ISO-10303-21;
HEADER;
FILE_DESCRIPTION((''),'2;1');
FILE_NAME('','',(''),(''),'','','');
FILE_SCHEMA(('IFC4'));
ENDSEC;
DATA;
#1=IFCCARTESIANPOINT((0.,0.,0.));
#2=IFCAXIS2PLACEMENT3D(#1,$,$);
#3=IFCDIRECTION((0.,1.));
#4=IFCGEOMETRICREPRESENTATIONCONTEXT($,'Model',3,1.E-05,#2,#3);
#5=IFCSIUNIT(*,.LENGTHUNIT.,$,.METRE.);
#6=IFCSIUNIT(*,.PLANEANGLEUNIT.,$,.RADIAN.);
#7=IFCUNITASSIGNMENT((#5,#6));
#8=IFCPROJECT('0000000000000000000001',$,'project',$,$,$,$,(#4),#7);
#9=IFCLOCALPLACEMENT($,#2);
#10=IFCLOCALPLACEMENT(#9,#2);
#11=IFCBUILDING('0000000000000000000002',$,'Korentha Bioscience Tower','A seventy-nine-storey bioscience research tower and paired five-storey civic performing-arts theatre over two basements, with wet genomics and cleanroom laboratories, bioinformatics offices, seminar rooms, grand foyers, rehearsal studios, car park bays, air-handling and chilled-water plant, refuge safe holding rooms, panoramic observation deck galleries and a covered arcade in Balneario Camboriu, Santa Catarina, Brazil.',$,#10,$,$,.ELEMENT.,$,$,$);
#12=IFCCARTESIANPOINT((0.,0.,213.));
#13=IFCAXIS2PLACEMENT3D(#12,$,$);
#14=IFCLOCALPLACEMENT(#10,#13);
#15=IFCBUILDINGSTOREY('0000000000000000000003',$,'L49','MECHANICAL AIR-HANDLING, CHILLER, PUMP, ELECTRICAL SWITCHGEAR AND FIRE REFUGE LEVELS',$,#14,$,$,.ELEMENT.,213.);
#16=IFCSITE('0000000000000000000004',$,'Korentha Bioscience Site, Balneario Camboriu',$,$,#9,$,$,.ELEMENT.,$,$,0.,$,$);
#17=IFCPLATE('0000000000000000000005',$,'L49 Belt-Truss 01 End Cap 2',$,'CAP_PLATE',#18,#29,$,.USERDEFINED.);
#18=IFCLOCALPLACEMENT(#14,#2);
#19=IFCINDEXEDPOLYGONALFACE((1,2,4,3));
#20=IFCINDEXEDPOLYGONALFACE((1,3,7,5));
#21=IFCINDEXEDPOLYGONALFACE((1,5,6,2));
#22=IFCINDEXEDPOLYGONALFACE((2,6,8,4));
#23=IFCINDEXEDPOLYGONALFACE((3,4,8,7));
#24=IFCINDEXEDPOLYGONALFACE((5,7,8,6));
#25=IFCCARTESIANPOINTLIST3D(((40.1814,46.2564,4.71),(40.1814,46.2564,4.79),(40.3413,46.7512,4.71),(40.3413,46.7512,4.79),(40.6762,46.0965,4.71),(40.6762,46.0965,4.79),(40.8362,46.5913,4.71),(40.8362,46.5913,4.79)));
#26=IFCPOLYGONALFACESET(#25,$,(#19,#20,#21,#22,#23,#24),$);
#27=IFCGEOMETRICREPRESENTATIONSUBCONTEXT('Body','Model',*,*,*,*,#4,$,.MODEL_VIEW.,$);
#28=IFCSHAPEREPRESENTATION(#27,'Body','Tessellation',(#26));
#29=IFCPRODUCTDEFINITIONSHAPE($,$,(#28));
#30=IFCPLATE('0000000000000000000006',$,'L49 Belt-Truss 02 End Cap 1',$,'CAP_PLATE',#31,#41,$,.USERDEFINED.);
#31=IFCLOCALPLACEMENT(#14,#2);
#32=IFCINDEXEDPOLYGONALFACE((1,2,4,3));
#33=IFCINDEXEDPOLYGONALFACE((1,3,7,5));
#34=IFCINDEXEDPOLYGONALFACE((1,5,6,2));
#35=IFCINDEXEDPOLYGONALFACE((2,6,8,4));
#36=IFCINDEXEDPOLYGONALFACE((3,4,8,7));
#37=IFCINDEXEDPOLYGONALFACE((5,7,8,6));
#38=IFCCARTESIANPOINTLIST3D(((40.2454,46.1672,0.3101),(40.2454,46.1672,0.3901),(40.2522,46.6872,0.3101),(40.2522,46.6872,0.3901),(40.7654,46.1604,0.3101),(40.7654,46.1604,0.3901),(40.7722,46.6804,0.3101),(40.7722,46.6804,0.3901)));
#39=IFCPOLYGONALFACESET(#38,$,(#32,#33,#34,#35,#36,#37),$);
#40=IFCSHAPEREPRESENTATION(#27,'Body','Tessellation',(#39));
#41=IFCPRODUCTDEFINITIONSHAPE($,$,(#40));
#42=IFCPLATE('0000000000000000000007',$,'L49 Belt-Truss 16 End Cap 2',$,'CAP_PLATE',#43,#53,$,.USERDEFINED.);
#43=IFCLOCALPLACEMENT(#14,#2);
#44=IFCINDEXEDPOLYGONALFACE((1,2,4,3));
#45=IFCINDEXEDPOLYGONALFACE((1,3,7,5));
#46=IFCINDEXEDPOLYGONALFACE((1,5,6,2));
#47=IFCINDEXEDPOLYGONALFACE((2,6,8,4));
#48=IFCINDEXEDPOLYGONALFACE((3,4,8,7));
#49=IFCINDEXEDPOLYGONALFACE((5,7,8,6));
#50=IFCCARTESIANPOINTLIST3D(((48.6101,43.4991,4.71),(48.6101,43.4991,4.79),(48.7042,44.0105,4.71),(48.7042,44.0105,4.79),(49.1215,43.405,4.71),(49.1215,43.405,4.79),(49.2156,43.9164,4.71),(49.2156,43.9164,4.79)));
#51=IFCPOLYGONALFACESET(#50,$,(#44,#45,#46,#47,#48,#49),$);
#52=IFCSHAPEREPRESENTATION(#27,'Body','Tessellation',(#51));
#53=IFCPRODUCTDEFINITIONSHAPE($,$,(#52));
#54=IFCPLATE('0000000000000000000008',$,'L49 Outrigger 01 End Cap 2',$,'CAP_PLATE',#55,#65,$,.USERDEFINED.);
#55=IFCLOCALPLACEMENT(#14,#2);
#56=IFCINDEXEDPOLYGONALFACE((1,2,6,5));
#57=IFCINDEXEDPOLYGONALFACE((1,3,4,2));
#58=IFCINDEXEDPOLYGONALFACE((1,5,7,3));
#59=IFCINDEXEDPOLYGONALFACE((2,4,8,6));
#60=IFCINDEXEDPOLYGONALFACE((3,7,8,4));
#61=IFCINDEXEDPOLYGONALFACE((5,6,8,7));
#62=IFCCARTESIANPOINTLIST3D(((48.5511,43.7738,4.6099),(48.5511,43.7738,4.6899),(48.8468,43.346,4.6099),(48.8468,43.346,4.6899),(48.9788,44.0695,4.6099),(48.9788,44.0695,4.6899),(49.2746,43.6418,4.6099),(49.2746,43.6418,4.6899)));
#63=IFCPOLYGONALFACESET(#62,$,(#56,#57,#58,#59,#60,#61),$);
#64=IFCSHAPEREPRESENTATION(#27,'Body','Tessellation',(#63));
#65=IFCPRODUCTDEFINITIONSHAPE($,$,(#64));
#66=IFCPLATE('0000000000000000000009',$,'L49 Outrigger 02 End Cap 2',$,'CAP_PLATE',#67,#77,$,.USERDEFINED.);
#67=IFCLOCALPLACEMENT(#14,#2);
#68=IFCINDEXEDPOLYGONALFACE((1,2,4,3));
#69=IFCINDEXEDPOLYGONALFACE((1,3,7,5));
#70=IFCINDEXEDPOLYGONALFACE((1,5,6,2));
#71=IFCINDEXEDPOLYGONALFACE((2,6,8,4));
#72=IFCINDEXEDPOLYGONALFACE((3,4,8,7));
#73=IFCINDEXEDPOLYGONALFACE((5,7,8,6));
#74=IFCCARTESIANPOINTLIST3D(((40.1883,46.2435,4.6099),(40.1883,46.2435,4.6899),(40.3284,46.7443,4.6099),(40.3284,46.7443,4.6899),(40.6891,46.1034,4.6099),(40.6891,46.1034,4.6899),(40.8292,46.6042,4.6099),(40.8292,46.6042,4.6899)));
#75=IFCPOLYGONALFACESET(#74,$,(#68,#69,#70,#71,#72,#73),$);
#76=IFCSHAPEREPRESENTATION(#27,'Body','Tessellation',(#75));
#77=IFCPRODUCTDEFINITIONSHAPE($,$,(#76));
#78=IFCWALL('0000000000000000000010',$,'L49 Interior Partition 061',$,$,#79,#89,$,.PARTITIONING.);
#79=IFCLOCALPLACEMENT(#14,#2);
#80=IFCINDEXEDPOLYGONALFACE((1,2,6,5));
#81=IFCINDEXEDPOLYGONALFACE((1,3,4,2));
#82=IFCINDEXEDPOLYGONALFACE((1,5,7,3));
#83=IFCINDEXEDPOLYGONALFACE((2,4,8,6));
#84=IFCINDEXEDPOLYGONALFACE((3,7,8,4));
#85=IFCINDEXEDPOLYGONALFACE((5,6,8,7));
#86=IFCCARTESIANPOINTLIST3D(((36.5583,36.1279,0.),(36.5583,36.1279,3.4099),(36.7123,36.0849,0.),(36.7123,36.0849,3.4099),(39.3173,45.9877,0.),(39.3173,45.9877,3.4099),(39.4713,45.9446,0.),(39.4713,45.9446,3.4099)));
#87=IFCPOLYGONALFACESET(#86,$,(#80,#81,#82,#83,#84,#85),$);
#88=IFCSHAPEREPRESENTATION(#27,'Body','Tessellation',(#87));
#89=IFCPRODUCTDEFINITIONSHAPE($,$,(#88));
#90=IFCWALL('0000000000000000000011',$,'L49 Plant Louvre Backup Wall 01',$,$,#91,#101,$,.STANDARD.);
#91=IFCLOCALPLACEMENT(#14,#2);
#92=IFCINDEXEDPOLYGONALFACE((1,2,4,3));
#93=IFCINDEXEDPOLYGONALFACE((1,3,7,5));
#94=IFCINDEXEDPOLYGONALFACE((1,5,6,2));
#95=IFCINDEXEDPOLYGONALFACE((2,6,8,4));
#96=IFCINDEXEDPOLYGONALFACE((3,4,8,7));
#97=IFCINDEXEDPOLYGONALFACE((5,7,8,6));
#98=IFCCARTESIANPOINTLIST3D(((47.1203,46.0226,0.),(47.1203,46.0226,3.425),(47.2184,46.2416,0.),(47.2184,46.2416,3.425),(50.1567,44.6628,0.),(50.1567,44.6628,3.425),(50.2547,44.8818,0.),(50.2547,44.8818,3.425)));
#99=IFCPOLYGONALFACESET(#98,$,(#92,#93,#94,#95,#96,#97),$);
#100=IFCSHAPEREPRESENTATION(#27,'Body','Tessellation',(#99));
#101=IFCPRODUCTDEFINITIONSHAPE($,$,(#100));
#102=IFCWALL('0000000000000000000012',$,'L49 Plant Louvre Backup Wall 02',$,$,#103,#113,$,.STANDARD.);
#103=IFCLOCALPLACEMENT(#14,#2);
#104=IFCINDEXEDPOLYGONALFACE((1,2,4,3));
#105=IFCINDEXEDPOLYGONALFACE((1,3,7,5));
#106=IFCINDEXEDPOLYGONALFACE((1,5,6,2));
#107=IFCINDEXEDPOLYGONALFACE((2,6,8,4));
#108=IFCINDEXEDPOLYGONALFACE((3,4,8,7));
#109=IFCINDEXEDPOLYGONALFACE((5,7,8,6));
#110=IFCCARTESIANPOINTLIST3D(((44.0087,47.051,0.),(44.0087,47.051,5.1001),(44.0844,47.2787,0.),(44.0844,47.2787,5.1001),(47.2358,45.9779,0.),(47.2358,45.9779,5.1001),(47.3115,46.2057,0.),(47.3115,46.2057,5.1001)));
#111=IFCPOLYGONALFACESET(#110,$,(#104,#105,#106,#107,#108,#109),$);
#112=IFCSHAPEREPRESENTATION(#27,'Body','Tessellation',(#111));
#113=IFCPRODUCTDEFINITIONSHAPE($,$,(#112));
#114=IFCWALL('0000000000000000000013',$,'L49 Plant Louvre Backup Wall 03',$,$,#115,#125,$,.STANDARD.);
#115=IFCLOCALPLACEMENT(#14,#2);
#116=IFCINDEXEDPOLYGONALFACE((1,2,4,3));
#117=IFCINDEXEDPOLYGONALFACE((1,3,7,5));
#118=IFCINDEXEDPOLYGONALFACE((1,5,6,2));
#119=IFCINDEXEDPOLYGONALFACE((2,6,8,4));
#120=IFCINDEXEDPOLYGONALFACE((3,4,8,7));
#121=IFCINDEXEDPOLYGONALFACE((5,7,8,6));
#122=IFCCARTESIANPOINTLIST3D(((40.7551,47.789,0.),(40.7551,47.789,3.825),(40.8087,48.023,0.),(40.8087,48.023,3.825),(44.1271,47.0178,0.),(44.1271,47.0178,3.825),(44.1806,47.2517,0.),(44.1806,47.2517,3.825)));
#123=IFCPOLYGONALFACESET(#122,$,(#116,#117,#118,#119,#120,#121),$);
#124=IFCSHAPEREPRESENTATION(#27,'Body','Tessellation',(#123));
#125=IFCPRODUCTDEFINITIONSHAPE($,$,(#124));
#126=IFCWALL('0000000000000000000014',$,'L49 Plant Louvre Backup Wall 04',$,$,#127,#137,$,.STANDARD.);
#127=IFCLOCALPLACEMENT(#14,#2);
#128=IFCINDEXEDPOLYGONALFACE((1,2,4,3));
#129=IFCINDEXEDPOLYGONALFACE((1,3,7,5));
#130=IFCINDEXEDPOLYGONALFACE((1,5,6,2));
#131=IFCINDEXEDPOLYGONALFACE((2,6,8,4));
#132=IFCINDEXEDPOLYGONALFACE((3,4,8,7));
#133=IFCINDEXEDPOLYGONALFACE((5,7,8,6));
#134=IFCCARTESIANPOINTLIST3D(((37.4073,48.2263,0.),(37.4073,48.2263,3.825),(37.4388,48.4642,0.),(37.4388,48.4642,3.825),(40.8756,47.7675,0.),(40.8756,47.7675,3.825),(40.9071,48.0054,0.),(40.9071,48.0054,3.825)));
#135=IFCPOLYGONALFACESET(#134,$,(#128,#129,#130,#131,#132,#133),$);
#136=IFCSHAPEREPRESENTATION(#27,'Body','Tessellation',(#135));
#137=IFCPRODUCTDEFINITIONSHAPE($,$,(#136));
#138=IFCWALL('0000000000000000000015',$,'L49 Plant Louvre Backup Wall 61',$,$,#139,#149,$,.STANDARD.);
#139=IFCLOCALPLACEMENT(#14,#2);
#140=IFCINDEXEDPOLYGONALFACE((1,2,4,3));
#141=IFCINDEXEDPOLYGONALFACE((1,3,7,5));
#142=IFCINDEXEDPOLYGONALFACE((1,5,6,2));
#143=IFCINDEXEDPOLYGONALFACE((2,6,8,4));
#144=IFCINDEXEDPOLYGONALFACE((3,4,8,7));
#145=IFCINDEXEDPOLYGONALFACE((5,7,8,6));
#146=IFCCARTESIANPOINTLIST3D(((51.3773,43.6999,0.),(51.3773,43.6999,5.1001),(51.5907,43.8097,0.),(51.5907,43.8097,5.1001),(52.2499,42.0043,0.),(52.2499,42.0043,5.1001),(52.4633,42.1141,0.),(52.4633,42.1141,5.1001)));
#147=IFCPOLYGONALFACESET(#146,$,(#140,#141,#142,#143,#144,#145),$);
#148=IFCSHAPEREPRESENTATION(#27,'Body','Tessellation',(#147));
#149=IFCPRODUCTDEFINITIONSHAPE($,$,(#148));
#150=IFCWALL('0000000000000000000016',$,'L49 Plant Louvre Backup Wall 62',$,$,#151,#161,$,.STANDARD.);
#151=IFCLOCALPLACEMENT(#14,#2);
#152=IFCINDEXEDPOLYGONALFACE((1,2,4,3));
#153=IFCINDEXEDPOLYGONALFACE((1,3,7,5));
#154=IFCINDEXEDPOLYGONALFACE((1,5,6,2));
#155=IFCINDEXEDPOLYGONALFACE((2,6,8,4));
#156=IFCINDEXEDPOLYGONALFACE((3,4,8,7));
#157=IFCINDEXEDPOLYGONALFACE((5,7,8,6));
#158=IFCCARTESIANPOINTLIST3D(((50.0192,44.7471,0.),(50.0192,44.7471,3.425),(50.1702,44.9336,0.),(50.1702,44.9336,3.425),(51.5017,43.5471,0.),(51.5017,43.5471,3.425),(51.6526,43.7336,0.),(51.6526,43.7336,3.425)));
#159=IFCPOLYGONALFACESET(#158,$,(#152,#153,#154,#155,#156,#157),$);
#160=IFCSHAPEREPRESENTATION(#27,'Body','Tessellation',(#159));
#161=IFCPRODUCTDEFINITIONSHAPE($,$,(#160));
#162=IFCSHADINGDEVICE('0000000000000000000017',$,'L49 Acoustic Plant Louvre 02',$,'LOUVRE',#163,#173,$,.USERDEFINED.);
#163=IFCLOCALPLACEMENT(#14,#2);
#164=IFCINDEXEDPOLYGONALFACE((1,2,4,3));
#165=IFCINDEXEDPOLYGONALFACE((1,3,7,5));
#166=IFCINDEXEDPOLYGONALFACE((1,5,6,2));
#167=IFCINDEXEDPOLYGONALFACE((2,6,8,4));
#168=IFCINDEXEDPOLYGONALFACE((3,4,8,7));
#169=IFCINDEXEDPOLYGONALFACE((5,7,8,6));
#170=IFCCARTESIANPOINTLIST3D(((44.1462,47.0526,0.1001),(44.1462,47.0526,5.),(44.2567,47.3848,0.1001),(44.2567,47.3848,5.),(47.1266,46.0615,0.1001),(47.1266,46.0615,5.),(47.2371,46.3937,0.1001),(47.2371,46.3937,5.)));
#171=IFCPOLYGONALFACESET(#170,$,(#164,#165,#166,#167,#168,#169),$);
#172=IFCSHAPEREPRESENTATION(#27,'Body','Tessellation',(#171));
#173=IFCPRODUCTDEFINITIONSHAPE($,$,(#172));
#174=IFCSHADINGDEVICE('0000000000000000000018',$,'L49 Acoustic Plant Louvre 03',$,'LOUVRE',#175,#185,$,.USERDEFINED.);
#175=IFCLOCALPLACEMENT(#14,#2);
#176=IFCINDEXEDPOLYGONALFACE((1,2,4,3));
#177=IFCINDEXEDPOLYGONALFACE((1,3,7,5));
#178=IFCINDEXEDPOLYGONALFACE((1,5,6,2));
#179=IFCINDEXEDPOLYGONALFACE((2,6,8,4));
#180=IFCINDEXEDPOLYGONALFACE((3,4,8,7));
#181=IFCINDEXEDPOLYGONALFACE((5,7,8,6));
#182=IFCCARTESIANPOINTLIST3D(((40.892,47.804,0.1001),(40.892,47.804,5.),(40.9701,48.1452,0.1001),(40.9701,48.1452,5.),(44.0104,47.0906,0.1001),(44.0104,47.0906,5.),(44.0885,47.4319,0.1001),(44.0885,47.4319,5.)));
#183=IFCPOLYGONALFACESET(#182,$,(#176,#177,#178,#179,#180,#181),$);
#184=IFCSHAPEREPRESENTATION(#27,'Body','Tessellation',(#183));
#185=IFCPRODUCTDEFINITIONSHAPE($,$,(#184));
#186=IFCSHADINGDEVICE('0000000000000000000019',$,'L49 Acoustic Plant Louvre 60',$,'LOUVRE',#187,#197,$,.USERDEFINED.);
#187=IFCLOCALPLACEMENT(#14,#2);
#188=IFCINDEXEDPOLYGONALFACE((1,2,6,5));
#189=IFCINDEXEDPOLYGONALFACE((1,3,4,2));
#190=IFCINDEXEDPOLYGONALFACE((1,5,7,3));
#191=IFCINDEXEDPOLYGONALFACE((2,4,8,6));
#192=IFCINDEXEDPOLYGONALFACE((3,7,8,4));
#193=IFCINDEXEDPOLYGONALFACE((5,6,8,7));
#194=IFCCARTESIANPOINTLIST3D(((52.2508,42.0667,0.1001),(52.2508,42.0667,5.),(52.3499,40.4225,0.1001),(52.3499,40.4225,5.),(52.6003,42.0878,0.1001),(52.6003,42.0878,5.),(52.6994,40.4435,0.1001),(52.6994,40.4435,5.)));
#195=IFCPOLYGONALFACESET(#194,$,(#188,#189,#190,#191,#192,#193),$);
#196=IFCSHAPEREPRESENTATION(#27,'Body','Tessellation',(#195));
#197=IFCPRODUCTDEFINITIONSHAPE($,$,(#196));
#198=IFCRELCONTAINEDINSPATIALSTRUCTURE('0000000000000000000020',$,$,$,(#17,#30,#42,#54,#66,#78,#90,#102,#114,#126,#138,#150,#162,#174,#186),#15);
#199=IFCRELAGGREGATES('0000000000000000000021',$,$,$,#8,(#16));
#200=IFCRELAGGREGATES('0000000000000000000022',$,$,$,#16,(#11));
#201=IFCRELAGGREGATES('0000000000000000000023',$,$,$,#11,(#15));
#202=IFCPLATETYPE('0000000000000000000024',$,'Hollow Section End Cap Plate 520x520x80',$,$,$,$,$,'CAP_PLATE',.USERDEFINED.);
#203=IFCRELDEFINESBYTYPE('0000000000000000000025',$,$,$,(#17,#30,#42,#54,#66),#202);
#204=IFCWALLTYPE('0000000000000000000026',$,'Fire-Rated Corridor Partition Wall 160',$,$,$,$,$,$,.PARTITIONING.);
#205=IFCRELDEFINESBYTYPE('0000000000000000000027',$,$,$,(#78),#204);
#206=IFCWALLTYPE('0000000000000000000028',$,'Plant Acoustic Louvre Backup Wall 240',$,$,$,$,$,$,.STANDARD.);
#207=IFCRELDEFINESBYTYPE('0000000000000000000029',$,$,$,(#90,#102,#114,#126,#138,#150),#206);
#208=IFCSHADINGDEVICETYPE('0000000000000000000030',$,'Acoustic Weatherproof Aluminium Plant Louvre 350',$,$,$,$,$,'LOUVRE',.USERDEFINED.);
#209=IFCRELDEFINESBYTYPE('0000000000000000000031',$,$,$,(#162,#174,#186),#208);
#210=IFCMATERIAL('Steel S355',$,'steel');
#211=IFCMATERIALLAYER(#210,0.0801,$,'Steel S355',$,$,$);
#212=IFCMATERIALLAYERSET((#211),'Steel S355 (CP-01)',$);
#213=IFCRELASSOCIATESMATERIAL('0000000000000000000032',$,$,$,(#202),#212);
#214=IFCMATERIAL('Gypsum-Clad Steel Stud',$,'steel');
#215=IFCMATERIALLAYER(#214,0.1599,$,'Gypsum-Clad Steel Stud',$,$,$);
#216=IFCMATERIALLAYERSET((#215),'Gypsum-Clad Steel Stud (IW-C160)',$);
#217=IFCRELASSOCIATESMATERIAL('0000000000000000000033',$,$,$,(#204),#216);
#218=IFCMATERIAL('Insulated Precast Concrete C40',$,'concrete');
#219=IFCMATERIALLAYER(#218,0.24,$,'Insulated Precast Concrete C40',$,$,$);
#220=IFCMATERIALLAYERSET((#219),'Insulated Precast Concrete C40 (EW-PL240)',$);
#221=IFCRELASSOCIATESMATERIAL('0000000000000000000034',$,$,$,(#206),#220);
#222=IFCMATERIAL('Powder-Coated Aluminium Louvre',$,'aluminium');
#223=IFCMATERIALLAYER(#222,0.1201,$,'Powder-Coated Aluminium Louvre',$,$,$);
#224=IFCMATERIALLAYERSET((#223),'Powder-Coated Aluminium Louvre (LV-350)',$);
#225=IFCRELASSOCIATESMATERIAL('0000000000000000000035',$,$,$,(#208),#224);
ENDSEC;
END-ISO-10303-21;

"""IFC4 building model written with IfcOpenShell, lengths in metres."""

from ifc_helpers import new_model, si_unit, direction, frame, frame_2d, origin, origin_2d, place, context, subcontext, project, spatial, rectangle, extrude, material, layer, layer_set, type_object, element, save


model = new_model("IFC4")

# Units and contexts
model_context = context("Model", 3, precision=1e-05, world=origin(), true_north=direction((0.0, 1.0)))
body_context = subcontext(model_context, "Body", "Model", "MODEL_VIEW")
ifc_project = project(units=[si_unit("LENGTHUNIT", "METRE"), si_unit("PLANEANGLEUNIT", "RADIAN")], contexts=[model_context])

# Site, building, storey
site_placement = place(None, origin())
site = spatial("IfcSite", under=ifc_project, at=site_placement, Name="Korentha Bioscience Site, Balneario Camboriu", CompositionType="ELEMENT", RefElevation=0.0)
building_placement = place(site_placement, origin())
building = spatial("IfcBuilding", under=site, at=building_placement, Name="Korentha Bioscience Tower", Description="A seventy-nine-storey bioscience research tower and paired five-storey civic performing-arts theatre over two basements, with wet genomics and cleanroom laboratories, bioinformatics offices, seminar rooms, grand foyers, rehearsal studios, car park bays, air-handling and chilled-water plant, refuge safe holding rooms, panoramic observation deck galleries and a covered arcade in Balneario Camboriu, Santa Catarina, Brazil.", CompositionType="ELEMENT")
storey_placement = place(building_placement, frame((0.0, 0.0, 213.0)))
storey = spatial("IfcBuildingStorey", under=building, at=storey_placement, Name="L49", Description="MECHANICAL AIR-HANDLING, CHILLER, PUMP, ELECTRICAL SWITCHGEAR AND FIRE REFUGE LEVELS", CompositionType="ELEMENT", Elevation=213.0)

# Shared definitions
ifc_material_1 = material(Name="Steel S355", Category="steel")

# Plates
ifc_layer_1 = layer(ifc_material_1, 0.0801, Name="Steel S355")
ifc_layer_set_1 = layer_set([ifc_layer_1], Name="Steel S355 (CP-01)")
plate_type_1 = type_object("IfcPlateType", Name="Hollow Section End Cap Plate 520x520x80", ElementType="CAP_PLATE", PredefinedType="USERDEFINED", material=ifc_layer_set_1)
for number, where, z_axis, x_axis, name in (
    (1, (40.5088, 46.4238, 4.71), (0.0, 0.0, 1.0), (-0.951541, 0.307523, 0.0), "L49 Belt-Truss 01 End Cap 2"),
    (2, (40.5088, 46.4238, 0.3101), (0.0, 0.0, 1.0), (-0.999914, 0.01309, 0.0), "L49 Belt-Truss 02 End Cap 1"),
    (3, (48.9128, 43.7078, 4.71), (0.0, 0.0, 1.0), (0.181034, 0.983477, 0.0), "L49 Belt-Truss 16 End Cap 2"),
    (4, (48.9128, 43.7078, 4.6099), (0.0, 0.0, 1.0), (0.822541, 0.568705, 0.0), "L49 Outrigger 01 End Cap 2"),
    (5, (40.5088, 46.4238, 4.6099), (0.0, 0.0, 1.0), (0.269424, 0.963022, 0.0), "L49 Outrigger 02 End Cap 2"),
):
    element("IfcPlate", number, at=place(storey_placement, frame(where, z_axis=z_axis, x_axis=x_axis)), inside=storey, type_object=plate_type_1, Name=name, ObjectType="CAP_PLATE", PredefinedType="USERDEFINED", context=body_context, shape_type="SweptSolid", body=[
        extrude(rectangle(XDim=0.52, YDim=0.52, at=origin_2d()), origin(), (0.0, 0.0, 1.0), 0.0801),
    ])

# Walls
ifc_material_2 = material(Name="Gypsum-Clad Steel Stud", Category="steel")
ifc_layer_2 = layer(ifc_material_2, 0.1599, Name="Gypsum-Clad Steel Stud")
ifc_layer_set_2 = layer_set([ifc_layer_2], Name="Gypsum-Clad Steel Stud (IW-C160)")
wall_type_1 = type_object("IfcWallType", Name="Fire-Rated Corridor Partition Wall 160", PredefinedType="PARTITIONING", material=ifc_layer_set_2)
wall_1_placement = place(storey_placement, frame((39.3943, 45.9661, 0.0), z_axis=(0.0, 0.0, 1.0), x_axis=(-0.269473, -0.963008, 0.0)))
element("IfcWall", 6, at=wall_1_placement, inside=storey, type_object=wall_type_1, Name="L49 Interior Partition 061", PredefinedType="PARTITIONING", context=body_context, shape_type="SweptSolid", body=[
    extrude(rectangle(XDim=10.2385, YDim=0.1599, at=frame_2d((5.1191, 0.0))), origin(), (0.0, 0.0, 1.0), 3.4099),
])
ifc_material_3 = material(Name="Insulated Precast Concrete C40", Category="concrete")
ifc_layer_3 = layer(ifc_material_3, 0.24, Name="Insulated Precast Concrete C40")
ifc_layer_set_3 = layer_set([ifc_layer_3], Name="Insulated Precast Concrete C40 (EW-PL240)")
wall_type_2 = type_object("IfcWallType", Name="Plant Acoustic Louvre Backup Wall 240", PredefinedType="STANDARD", material=ifc_layer_set_3)
wall_2_placement = place(storey_placement, frame((50.2058, 44.7722, 0.0), z_axis=(0.0, 0.0, 1.0), x_axis=(-0.912652, 0.408738, 0.0)))
element("IfcWall", 7, at=wall_2_placement, inside=storey, type_object=wall_type_2, Name="L49 Plant Louvre Backup Wall 01", PredefinedType="STANDARD", context=body_context, shape_type="SweptSolid", body=[
    extrude(rectangle(XDim=3.3269, YDim=0.24, at=frame_2d((1.6636, 0.0))), origin(), (0.0, 0.0, 1.0), 3.425),
])
wall_3_placement = place(storey_placement, frame((47.2737, 46.0918, 0.0), z_axis=(0.0, 0.0, 1.0), x_axis=(-0.94892, 0.315517, 0.0)))
element("IfcWall", 8, at=wall_3_placement, inside=storey, type_object=wall_type_2, Name="L49 Plant Louvre Backup Wall 02", PredefinedType="STANDARD", context=body_context, shape_type="SweptSolid", body=[
    extrude(rectangle(XDim=3.4009, YDim=0.24, at=frame_2d((1.7004, 0.0))), origin(), (0.0, 0.0, 1.0), 5.1001),
])
wall_4_placement = place(storey_placement, frame((44.1538, 47.1348, 0.0), z_axis=(0.0, 0.0, 1.0), x_axis=(-0.974825, 0.222972, 0.0)))
element("IfcWall", 9, at=wall_4_placement, inside=storey, type_object=wall_type_2, Name="L49 Plant Louvre Backup Wall 03", PredefinedType="STANDARD", context=body_context, shape_type="SweptSolid", body=[
    extrude(rectangle(XDim=3.459, YDim=0.24, at=frame_2d((1.7295, 0.0))), origin(), (0.0, 0.0, 1.0), 3.825),
])
wall_5_placement = place(storey_placement, frame((40.8914, 47.8865, 0.0), z_axis=(0.0, 0.0, 1.0), x_axis=(-0.991366, 0.131126, 0.0)))
element("IfcWall", 10, at=wall_5_placement, inside=storey, type_object=wall_type_2, Name="L49 Plant Louvre Backup Wall 04", PredefinedType="STANDARD", context=body_context, shape_type="SweptSolid", body=[
    extrude(rectangle(XDim=3.4985, YDim=0.24, at=frame_2d((1.7493, 0.0))), origin(), (0.0, 0.0, 1.0), 3.825),
])
wall_6_placement = place(storey_placement, frame((52.3567, 42.0591, 0.0), z_axis=(0.0, 0.0, 1.0), x_axis=(-0.457579, 0.889169, 0.0)))
element("IfcWall", 11, at=wall_6_placement, inside=storey, type_object=wall_type_2, Name="L49 Plant Louvre Backup Wall 61", PredefinedType="STANDARD", context=body_context, shape_type="SweptSolid", body=[
    extrude(rectangle(XDim=1.907, YDim=0.24, at=frame_2d((0.9536, 0.0))), origin(), (0.0, 0.0, 1.0), 5.1001),
])
wall_7_placement = place(storey_placement, frame((51.5771, 43.6404, 0.0), z_axis=(0.0, 0.0, 1.0), x_axis=(-0.777272, 0.629165, 0.0)))
element("IfcWall", 12, at=wall_7_placement, inside=storey, type_object=wall_type_2, Name="L49 Plant Louvre Backup Wall 62", PredefinedType="STANDARD", context=body_context, shape_type="SweptSolid", body=[
    extrude(rectangle(XDim=1.9072, YDim=0.24, at=frame_2d((0.9536, 0.0))), origin(), (0.0, 0.0, 1.0), 3.425),
])

# Shading devices
ifc_material_4 = material(Name="Powder-Coated Aluminium Louvre", Category="aluminium")
ifc_layer_4 = layer(ifc_material_4, 0.1201, Name="Powder-Coated Aluminium Louvre")
ifc_layer_set_4 = layer_set([ifc_layer_4], Name="Powder-Coated Aluminium Louvre (LV-350)")
shading_device_type = type_object("IfcShadingDeviceType", Name="Acoustic Weatherproof Aluminium Plant Louvre 350", ElementType="LOUVRE", PredefinedType="USERDEFINED", material=ifc_layer_set_4)
shading_device_1_placement = place(storey_placement, frame((45.6917, 46.7231, 0.1001), z_axis=(0.0, 0.0, 1.0), x_axis=(-0.94891, 0.315546, 0.0)))
element("IfcShadingDevice", 13, at=shading_device_1_placement, inside=storey, type_object=shading_device_type, Name="L49 Acoustic Plant Louvre 02", ObjectType="LOUVRE", PredefinedType="USERDEFINED", context=body_context, shape_type="SweptSolid", body=[
    extrude(rectangle(XDim=3.1409, YDim=0.3501, at=origin_2d()), origin(), (0.0, 0.0, 1.0), 4.8999),
])
shading_device_2_placement = place(storey_placement, frame((42.4902, 47.6179, 0.1001), z_axis=(0.0, 0.0, 1.0), x_axis=(-0.97482, 0.222991, 0.0)))
element("IfcShadingDevice", 14, at=shading_device_2_placement, inside=storey, type_object=shading_device_type, Name="L49 Acoustic Plant Louvre 03", ObjectType="LOUVRE", PredefinedType="USERDEFINED", context=body_context, shape_type="SweptSolid", body=[
    extrude(rectangle(XDim=3.199, YDim=0.3501, at=origin_2d()), origin(), (0.0, 0.0, 1.0), 4.8999),
])
shading_device_3_placement = place(storey_placement, frame((52.4751, 41.2551, 0.1001), z_axis=(0.0, 0.0, 1.0), x_axis=(-0.060149, 0.998189, 0.0)))
element("IfcShadingDevice", 15, at=shading_device_3_placement, inside=storey, type_object=shading_device_type, Name="L49 Acoustic Plant Louvre 60", ObjectType="LOUVRE", PredefinedType="USERDEFINED", context=body_context, shape_type="SweptSolid", body=[
    extrude(rectangle(XDim=1.6472, YDim=0.3501, at=origin_2d()), origin(), (0.0, 0.0, 1.0), 4.8999),
])

save(model, "model.ifc")
